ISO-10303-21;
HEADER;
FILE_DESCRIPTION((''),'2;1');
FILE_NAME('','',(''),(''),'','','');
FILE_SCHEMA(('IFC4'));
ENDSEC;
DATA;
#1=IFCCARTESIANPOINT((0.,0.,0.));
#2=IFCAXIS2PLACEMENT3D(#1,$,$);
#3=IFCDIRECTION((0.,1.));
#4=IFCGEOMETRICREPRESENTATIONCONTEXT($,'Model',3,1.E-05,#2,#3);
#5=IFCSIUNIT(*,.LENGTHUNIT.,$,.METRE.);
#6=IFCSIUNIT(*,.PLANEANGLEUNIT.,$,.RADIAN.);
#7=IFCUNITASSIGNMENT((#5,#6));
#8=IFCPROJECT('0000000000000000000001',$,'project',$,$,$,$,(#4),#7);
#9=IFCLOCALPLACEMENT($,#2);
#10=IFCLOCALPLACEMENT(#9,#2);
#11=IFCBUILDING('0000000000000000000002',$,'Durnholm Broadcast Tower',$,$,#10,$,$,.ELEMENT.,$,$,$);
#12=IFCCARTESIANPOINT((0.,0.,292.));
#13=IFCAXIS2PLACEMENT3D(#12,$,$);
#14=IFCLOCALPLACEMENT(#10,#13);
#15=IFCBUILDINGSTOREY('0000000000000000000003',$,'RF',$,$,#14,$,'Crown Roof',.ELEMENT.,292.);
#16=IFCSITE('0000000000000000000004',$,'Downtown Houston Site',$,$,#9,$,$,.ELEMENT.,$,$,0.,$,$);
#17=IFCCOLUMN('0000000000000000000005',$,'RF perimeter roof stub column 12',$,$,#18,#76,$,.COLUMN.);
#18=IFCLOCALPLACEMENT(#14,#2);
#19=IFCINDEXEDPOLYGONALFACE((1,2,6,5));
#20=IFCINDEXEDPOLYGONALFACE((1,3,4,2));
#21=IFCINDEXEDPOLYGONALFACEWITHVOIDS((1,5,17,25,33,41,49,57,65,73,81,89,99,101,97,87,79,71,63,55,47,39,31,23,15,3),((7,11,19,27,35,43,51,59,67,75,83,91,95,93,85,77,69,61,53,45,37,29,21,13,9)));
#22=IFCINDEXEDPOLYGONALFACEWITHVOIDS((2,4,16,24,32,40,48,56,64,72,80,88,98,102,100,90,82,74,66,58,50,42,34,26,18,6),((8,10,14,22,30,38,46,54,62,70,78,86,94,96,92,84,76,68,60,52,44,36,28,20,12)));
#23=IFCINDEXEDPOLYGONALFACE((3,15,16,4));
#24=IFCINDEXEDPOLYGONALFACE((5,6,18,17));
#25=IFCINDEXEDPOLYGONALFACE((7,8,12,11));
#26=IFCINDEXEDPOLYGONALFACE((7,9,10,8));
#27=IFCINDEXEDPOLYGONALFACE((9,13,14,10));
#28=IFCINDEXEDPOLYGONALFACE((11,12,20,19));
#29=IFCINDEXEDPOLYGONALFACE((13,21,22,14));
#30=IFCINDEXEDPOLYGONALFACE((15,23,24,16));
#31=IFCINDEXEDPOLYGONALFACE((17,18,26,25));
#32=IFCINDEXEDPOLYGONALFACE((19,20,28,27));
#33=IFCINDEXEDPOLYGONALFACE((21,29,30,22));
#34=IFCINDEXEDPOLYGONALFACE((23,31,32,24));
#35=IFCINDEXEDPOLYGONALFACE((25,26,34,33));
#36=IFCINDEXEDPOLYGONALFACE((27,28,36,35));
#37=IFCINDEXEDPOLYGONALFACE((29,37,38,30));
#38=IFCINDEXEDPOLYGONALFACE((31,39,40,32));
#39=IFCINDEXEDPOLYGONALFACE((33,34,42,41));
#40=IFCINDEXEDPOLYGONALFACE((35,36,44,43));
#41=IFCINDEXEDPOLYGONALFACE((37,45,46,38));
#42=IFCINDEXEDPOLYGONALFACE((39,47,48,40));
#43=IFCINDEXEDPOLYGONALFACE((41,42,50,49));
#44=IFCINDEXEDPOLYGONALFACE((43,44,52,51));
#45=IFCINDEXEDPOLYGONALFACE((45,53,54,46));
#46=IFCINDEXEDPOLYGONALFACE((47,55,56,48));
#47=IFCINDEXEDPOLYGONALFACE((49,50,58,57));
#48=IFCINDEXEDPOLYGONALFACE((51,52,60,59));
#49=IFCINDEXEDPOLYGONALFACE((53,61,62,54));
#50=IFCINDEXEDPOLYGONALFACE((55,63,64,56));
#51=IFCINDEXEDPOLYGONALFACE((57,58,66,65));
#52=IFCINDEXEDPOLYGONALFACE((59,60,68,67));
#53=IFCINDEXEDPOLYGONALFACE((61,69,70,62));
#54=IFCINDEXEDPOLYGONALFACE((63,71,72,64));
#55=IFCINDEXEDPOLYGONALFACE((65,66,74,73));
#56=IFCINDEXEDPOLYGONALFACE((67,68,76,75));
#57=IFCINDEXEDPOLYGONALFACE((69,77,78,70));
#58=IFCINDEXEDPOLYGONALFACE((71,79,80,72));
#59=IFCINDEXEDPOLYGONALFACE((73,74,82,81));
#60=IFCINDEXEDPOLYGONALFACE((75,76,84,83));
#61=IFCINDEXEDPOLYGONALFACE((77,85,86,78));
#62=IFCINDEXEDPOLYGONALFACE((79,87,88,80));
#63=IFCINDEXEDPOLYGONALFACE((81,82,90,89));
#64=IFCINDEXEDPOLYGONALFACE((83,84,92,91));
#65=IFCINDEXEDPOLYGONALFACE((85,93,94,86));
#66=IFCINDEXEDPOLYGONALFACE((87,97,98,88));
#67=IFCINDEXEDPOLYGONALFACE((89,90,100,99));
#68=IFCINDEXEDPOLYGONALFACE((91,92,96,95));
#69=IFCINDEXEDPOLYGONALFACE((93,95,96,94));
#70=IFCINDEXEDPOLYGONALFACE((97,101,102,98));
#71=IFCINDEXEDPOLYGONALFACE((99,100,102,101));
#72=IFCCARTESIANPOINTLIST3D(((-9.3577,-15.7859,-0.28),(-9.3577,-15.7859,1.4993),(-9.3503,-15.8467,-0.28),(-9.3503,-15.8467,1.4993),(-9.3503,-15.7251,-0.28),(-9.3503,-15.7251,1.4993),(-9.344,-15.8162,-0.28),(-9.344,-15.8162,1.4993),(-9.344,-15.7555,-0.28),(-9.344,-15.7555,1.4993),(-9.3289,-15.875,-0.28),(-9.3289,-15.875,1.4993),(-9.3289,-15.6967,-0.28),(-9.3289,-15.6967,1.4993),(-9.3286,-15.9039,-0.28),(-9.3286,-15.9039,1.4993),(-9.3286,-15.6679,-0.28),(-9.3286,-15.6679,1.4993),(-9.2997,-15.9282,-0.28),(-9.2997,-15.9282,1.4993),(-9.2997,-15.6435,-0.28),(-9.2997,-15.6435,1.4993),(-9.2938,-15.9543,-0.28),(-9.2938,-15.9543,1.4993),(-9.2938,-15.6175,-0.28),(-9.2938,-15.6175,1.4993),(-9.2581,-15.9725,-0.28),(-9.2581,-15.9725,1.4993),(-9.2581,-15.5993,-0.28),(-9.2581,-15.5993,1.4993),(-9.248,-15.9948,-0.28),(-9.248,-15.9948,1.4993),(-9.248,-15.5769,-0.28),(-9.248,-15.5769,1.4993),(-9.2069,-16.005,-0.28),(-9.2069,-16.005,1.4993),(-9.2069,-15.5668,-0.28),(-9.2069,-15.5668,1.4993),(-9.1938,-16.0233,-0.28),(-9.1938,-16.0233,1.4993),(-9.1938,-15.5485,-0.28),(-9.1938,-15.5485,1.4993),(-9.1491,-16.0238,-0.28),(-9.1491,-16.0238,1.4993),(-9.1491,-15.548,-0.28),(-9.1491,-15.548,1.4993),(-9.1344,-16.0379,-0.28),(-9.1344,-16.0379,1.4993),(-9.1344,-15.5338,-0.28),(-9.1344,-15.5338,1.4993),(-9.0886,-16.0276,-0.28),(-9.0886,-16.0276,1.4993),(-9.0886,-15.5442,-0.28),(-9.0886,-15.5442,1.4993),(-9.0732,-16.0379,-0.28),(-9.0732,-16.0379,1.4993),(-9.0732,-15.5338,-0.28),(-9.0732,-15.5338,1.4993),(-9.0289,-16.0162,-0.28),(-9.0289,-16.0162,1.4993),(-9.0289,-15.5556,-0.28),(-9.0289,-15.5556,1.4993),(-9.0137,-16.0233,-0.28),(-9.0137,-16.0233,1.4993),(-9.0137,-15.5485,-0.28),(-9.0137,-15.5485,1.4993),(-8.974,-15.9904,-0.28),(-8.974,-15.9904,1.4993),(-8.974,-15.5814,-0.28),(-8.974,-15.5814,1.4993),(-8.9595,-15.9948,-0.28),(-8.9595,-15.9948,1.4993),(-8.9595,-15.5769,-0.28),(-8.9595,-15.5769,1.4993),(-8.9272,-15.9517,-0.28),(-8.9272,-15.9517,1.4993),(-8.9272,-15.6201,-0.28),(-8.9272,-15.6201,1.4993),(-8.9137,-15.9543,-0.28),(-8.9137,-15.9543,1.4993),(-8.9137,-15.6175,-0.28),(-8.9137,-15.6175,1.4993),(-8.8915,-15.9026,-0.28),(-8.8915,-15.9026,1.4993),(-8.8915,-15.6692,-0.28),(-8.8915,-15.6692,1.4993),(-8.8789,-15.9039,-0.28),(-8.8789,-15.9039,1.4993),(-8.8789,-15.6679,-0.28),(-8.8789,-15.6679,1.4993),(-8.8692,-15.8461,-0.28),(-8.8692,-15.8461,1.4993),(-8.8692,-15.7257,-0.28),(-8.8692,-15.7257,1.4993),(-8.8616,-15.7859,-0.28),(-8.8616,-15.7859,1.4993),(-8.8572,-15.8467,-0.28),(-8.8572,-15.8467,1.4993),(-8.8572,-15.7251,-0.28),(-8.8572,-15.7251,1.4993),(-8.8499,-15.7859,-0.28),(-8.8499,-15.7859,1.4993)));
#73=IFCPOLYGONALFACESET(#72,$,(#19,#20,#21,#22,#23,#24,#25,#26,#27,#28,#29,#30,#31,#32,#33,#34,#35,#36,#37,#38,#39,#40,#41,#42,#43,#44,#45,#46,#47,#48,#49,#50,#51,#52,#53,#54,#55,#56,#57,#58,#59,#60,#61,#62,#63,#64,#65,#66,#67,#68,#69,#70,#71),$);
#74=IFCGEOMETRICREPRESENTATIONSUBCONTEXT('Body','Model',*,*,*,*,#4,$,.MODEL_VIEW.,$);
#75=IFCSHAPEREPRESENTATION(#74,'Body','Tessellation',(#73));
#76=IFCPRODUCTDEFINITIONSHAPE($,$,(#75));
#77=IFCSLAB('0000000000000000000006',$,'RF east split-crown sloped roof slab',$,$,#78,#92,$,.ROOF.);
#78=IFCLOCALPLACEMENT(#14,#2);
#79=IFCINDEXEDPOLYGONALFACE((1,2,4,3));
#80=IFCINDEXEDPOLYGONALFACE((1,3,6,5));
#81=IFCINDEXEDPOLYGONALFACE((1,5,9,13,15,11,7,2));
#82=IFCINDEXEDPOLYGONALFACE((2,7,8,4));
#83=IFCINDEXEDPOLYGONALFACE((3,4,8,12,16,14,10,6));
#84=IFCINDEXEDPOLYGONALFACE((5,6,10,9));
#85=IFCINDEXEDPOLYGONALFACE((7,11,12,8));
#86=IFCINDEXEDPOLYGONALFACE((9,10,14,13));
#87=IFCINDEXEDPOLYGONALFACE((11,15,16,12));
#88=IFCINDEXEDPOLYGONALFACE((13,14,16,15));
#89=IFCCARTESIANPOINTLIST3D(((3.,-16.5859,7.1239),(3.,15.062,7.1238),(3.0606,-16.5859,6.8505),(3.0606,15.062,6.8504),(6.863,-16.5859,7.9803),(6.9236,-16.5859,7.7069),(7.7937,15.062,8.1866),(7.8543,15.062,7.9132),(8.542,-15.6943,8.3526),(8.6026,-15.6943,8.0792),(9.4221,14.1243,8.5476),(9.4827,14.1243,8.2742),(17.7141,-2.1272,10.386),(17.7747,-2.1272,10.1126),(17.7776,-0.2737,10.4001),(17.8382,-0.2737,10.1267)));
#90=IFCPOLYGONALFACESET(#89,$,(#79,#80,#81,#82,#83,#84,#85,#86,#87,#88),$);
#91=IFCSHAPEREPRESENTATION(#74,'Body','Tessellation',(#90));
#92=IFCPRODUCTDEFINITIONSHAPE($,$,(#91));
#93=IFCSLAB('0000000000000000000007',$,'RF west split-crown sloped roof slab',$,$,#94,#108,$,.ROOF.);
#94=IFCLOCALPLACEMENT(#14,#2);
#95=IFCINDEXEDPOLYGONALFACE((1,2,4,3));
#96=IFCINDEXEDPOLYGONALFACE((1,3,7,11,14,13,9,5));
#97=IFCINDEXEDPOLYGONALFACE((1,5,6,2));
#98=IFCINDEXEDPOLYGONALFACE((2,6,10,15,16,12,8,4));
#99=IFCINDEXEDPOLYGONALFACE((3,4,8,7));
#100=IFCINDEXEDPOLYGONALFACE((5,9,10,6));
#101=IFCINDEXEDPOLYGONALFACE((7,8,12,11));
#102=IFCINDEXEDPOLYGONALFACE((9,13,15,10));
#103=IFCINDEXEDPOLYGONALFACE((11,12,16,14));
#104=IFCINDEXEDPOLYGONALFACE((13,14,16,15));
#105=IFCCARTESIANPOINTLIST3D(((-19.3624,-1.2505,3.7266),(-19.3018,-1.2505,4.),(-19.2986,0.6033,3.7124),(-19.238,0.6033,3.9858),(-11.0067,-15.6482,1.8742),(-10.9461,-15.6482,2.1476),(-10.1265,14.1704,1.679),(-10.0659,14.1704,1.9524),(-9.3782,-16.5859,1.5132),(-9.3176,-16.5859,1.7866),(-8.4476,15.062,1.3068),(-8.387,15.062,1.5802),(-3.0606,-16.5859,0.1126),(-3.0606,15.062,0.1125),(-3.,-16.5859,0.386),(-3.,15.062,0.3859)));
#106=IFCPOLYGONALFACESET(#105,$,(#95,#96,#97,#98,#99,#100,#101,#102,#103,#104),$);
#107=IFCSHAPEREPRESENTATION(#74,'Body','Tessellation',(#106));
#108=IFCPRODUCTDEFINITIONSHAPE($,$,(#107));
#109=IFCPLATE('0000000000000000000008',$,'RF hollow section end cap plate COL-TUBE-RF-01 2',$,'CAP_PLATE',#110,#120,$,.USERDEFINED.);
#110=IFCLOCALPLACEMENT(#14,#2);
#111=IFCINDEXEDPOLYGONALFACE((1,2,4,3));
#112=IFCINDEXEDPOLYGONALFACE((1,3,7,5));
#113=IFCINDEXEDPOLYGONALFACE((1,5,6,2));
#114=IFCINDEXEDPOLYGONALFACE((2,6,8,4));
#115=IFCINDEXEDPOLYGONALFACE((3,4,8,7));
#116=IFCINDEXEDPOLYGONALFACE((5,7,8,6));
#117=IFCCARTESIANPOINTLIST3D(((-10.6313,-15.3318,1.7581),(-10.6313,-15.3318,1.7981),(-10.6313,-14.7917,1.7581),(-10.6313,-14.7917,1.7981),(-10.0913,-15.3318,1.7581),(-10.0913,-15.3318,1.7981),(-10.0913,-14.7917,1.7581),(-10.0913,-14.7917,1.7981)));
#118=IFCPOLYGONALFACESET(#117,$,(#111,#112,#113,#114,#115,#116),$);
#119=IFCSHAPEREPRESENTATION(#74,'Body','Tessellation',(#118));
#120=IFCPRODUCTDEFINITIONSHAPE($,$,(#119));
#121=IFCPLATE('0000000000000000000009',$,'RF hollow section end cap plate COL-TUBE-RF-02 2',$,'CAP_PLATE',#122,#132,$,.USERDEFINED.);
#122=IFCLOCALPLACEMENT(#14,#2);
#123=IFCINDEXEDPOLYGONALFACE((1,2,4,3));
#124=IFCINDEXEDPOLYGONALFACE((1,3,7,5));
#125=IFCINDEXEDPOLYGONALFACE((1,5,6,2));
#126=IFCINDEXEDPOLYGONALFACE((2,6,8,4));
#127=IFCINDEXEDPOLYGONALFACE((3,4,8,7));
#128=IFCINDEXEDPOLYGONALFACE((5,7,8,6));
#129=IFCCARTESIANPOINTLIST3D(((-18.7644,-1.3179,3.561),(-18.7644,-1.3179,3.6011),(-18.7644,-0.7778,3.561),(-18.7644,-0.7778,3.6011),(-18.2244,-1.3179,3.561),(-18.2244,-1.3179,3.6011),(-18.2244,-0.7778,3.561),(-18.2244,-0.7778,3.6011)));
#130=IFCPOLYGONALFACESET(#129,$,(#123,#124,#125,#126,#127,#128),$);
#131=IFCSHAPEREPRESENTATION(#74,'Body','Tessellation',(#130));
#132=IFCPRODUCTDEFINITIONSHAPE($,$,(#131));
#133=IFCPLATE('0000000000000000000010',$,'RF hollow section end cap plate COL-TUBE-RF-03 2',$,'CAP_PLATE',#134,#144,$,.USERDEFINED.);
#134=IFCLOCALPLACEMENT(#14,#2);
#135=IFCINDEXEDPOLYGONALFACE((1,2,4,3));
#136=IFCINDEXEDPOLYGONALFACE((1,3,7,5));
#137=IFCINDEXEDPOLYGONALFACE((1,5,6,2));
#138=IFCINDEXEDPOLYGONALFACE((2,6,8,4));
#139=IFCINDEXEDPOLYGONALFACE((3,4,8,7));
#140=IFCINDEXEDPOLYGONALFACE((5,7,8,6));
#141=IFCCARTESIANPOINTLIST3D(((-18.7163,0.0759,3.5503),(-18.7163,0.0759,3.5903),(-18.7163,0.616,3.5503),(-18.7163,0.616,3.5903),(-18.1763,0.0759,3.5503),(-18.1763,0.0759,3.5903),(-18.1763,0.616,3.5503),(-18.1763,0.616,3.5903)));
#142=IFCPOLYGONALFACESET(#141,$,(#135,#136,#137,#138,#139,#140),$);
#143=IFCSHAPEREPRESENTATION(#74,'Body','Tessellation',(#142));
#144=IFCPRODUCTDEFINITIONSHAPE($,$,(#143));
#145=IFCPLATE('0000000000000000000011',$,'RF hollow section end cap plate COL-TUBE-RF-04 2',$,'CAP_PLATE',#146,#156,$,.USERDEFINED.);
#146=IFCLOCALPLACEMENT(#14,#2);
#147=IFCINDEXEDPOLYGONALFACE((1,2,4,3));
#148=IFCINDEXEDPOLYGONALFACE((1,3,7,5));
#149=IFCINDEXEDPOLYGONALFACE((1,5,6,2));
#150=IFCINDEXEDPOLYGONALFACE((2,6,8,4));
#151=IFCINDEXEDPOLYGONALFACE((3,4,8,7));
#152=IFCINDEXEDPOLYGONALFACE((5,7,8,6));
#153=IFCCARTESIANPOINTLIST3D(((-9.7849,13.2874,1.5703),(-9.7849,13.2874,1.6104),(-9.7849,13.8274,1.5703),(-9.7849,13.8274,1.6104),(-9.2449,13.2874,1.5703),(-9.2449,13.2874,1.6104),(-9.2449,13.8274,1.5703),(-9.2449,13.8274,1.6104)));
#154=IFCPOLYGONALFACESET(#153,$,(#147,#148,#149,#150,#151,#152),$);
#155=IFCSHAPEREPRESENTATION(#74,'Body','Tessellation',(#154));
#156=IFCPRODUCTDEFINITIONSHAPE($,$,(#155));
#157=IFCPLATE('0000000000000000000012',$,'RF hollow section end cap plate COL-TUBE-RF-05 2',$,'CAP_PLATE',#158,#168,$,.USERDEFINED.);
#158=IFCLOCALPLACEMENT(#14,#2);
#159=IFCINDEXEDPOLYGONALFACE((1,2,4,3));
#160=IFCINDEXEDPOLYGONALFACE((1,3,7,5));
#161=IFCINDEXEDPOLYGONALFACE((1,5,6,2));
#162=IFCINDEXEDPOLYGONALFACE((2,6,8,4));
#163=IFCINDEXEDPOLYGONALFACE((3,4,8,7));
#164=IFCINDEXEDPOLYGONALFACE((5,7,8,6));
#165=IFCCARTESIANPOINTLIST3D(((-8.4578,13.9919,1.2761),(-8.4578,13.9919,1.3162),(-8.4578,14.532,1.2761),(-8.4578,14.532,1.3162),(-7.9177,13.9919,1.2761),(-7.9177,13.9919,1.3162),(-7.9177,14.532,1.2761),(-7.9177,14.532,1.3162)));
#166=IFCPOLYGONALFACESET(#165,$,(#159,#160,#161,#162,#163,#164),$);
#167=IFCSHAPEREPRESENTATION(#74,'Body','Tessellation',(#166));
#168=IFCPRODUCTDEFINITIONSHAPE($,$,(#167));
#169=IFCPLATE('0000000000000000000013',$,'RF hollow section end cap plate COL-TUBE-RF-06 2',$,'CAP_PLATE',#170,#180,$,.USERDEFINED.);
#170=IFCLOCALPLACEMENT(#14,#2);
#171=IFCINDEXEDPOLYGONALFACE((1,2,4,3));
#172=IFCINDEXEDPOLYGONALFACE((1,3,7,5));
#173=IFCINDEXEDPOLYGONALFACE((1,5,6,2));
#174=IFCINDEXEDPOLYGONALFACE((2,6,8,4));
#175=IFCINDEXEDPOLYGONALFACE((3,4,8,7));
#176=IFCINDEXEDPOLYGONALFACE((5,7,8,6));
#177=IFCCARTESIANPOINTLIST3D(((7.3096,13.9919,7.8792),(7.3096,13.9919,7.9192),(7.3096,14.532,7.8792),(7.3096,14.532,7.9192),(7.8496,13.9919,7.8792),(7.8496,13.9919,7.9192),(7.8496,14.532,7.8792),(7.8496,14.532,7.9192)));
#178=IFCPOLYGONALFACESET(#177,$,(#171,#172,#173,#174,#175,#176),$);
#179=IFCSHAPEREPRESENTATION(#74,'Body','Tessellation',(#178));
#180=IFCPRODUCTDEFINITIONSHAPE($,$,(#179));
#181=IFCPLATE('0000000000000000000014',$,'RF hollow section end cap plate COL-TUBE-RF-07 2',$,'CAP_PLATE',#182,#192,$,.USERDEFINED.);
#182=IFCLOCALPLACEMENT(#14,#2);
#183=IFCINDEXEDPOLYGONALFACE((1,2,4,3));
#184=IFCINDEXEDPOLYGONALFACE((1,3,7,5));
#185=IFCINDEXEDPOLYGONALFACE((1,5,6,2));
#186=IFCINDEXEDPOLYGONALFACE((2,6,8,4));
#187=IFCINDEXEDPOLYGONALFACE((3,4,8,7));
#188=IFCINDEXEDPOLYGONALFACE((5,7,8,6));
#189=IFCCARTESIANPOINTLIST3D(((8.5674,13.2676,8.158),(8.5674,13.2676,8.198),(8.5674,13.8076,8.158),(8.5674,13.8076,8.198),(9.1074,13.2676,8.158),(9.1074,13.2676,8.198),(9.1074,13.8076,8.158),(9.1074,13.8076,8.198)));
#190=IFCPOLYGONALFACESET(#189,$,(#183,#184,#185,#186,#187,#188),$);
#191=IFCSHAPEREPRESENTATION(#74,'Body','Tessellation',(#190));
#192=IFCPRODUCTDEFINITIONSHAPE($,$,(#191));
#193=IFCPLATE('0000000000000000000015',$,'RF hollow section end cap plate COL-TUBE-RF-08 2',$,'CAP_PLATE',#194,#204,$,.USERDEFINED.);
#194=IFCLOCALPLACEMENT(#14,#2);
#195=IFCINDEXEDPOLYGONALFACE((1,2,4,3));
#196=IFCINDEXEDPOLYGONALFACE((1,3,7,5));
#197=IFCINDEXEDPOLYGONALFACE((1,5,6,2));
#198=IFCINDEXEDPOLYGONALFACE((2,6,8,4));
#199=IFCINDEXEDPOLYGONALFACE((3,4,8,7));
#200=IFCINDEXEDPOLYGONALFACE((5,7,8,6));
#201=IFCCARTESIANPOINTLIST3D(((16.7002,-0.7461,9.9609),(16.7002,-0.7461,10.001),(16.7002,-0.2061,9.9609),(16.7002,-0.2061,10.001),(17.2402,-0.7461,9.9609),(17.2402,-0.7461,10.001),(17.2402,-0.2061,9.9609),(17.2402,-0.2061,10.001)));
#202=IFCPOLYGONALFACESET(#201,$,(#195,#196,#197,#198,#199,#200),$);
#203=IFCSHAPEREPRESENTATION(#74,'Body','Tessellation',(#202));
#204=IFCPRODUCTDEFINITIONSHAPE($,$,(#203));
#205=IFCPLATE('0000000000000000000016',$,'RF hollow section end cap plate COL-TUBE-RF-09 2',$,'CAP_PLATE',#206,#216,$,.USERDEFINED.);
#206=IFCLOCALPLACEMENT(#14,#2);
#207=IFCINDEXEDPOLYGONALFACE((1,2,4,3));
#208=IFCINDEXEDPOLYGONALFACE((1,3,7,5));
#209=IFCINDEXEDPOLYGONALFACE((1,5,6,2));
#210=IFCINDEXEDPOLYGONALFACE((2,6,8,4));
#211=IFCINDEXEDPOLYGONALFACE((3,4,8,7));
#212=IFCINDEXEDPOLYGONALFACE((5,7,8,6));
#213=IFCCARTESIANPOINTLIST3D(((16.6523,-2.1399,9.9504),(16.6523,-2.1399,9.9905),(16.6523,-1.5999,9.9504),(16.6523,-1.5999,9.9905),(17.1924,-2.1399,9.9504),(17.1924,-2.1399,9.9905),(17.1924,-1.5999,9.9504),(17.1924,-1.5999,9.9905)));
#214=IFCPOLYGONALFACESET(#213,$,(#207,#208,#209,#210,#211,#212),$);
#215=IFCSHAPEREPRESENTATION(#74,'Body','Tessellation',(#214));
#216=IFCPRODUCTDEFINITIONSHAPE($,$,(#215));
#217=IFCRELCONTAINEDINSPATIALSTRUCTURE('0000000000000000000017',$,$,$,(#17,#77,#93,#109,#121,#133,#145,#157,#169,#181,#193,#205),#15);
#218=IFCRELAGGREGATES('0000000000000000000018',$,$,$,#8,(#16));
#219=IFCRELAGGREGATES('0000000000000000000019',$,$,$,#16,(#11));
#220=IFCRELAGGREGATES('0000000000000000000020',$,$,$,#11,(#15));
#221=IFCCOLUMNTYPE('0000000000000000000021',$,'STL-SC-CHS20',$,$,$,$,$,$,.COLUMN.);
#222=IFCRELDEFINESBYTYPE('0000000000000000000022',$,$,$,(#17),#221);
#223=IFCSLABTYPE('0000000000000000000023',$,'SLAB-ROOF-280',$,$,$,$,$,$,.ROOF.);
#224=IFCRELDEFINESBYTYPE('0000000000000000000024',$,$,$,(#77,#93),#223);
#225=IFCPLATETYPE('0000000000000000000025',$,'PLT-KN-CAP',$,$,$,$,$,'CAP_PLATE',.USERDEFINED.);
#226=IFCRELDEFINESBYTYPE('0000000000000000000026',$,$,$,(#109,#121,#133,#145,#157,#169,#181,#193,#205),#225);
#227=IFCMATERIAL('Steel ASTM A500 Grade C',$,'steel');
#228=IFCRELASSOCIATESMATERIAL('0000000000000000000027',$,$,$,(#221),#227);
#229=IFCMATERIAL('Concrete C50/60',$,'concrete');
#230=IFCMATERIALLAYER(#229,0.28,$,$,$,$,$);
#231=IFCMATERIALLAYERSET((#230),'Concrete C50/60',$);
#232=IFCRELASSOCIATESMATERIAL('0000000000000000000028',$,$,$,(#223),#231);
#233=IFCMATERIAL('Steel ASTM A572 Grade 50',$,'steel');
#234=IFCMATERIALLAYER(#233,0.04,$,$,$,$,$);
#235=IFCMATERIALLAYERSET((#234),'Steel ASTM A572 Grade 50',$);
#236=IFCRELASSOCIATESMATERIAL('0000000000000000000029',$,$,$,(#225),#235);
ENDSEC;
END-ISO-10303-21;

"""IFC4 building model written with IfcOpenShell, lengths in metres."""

from ifc_helpers import new_model, si_unit, direction, frame, origin, origin_2d, place, context, subcontext, project, spatial, polyline, rectangle, hollow_circle, outline, extrude, source, transform, mapped, material, layer, layer_set, material_profile, profile_set, type_object, element, save


model = new_model("IFC4")

# Units and contexts
model_context = context("Model", 3, precision=1e-05, world=origin(), true_north=direction((0.0, 1.0)))
body_context = subcontext(model_context, "Body", "Model", "MODEL_VIEW")
ifc_project = project(units=[si_unit("LENGTHUNIT", "METRE"), si_unit("PLANEANGLEUNIT", "RADIAN")], contexts=[model_context])

# Site, building, storey
site_placement = place(None, origin())
site = spatial("IfcSite", under=ifc_project, at=site_placement, Name="Downtown Houston Site", CompositionType="ELEMENT", RefElevation=0.0)
building_placement = place(site_placement, origin())
building = spatial("IfcBuilding", under=site, at=building_placement, Name="Durnholm Broadcast Tower", CompositionType="ELEMENT")
storey_placement = place(building_placement, frame((0.0, 0.0, 292.0)))
storey = spatial("IfcBuildingStorey", under=building, at=storey_placement, Name="RF", LongName="Crown Roof", CompositionType="ELEMENT", Elevation=292.0)

# Column
ifc_material_1 = material(Name="Steel ASTM A500 Grade C", Category="steel")
ifc_material_profile_1 = material_profile(ifc_material_1, hollow_circle(Radius=0.2539, WallThickness=0.0117, at=origin_2d()), Name="HSS20.000X0.500")
ifc_profile_set_1 = profile_set([ifc_material_profile_1], Name="Steel ASTM A500 Grade C")
column_type_1 = type_object("IfcColumnType", Name="STL-SC-CHS20", PredefinedType="COLUMN", material=ifc_profile_set_1)
shared_shape_1 = source(origin(), body_context, "Body", "SweptSolid", [
    extrude(hollow_circle(Radius=0.2539, WallThickness=0.0117, at=origin_2d()), origin(), (0.0, 0.0, 1.0), 1.7793),
])
column_1_placement = place(storey_placement, frame((-9.1038, -15.7859, -0.28), z_axis=(0.0, 0.0, 1.0), x_axis=(1.0, 0.0, 0.0)))
element("IfcColumn", 1, at=column_1_placement, inside=storey, type_object=column_type_1, Name="RF perimeter roof stub column 12", PredefinedType="COLUMN", context=body_context, shape_type="MappedRepresentation", body=[
    mapped(shared_shape_1, transform((0.0, 0.0, 0.0), x_axis=(1.0, 0.0, 0.0), y_axis=(0.0, 1.0, 0.0), z_axis=(0.0, 0.0, 1.0), scale=1.0)),
])

# Slabs
ifc_material_2 = material(Name="Concrete C50/60", Category="concrete")
ifc_layer_1 = layer(ifc_material_2, 0.28)
ifc_layer_set_1 = layer_set([ifc_layer_1], Name="Concrete C50/60")
slab_type = type_object("IfcSlabType", Name="SLAB-ROOF-280", PredefinedType="ROOF", material=ifc_layer_set_1)
slab_1_placement = place(storey_placement, frame((3.0, 15.062, 7.1238), z_axis=(-0.216448, 0.000003, 0.976294), x_axis=(-0.000001, -1.0, 0.000003)))
element("IfcSlab", 2, at=slab_1_placement, inside=storey, type_object=slab_type, Name="RF east split-crown sloped roof slab", PredefinedType="ROOF", context=body_context, shape_type="SweptSolid", body=[
    extrude(outline(polyline([(0.0, 0.0), (31.6479, 0.0), (31.6479, 3.9568), (30.7563, 5.6766), (17.1892, 15.0714), (15.3357, 15.1364), (0.9377, 6.5781), (0.0, 4.9101), (0.0, 0.0)])), origin(), (0.0, 0.0, -1.0), 0.28),
])
slab_2_placement = place(storey_placement, frame((-3.0, -16.5859, 0.386), z_axis=(0.21644, 0.000003, 0.976296), x_axis=(-0.000001, 1.0, -0.000003)))
element("IfcSlab", 3, at=slab_2_placement, inside=storey, type_object=slab_type, Name="RF west split-crown sloped roof slab", PredefinedType="ROOF", context=body_context, shape_type="SweptSolid", body=[
    extrude(outline(polyline([(0.0, 0.0), (31.6479, 0.0), (31.6479, 5.5178), (30.7563, 7.2375), (17.1892, 16.6323), (15.3354, 16.6976), (0.9377, 8.139), (0.0, 6.471), (0.0, 0.0)])), origin(), (0.0, 0.0, -1.0), 0.28),
])

# Plates
ifc_material_3 = material(Name="Steel ASTM A572 Grade 50", Category="steel")
ifc_layer_2 = layer(ifc_material_3, 0.04)
ifc_layer_set_2 = layer_set([ifc_layer_2], Name="Steel ASTM A572 Grade 50")
plate_type = type_object("IfcPlateType", Name="PLT-KN-CAP", ElementType="CAP_PLATE", PredefinedType="USERDEFINED", material=ifc_layer_set_2)
shared_shape_2 = source(origin(), body_context, "Body", "SweptSolid", [
    extrude(rectangle(XDim=0.54, YDim=0.54, at=origin_2d()), origin(), (0.0, 0.0, 1.0), 0.04),
])
for number, where, z_axis, x_axis, name in (
    (4, (-10.3613, -15.0618, 1.7581), (0.0, 0.0, 1.0), (1.0, 0.0, 0.0), "RF hollow section end cap plate COL-TUBE-RF-01 2"),
    (5, (-18.4944, -1.0479, 3.561), (0.0, 0.0, 1.0), (1.0, 0.0, 0.0), "RF hollow section end cap plate COL-TUBE-RF-02 2"),
    (6, (-18.4463, 0.3459, 3.5503), (0.0, 0.0, 1.0), (1.0, 0.0, 0.0), "RF hollow section end cap plate COL-TUBE-RF-03 2"),
    (7, (-9.5149, 13.5574, 1.5703), (0.0, 0.0, 1.0), (1.0, 0.0, 0.0), "RF hollow section end cap plate COL-TUBE-RF-04 2"),
    (8, (-8.1877, 14.262, 1.2761), (0.0, 0.0, 1.0), (1.0, 0.0, 0.0), "RF hollow section end cap plate COL-TUBE-RF-05 2"),
    (9, (7.5796, 14.262, 7.8792), (0.0, 0.0, 1.0), (1.0, 0.0, 0.0), "RF hollow section end cap plate COL-TUBE-RF-06 2"),
    (10, (8.8374, 13.5376, 8.158), (0.0, 0.0, 1.0), (1.0, 0.0, 0.0), "RF hollow section end cap plate COL-TUBE-RF-07 2"),
    (11, (16.9702, -0.4761, 9.9609), (0.0, 0.0, 1.0), (1.0, 0.0, 0.0), "RF hollow section end cap plate COL-TUBE-RF-08 2"),
    (12, (16.9224, -1.8699, 9.9504), (0.0, 0.0, 1.0), (1.0, 0.0, 0.0), "RF hollow section end cap plate COL-TUBE-RF-09 2"),
):
    element("IfcPlate", number, at=place(storey_placement, frame(where, z_axis=z_axis, x_axis=x_axis)), inside=storey, type_object=plate_type, Name=name, ObjectType="CAP_PLATE", PredefinedType="USERDEFINED", context=body_context, shape_type="MappedRepresentation", body=[
        mapped(shared_shape_2, transform((0.0, 0.0, 0.0), x_axis=(1.0, 0.0, 0.0), y_axis=(0.0, 1.0, 0.0), z_axis=(0.0, 0.0, 1.0), scale=1.0)),
    ])

save(model, "model.ifc")
